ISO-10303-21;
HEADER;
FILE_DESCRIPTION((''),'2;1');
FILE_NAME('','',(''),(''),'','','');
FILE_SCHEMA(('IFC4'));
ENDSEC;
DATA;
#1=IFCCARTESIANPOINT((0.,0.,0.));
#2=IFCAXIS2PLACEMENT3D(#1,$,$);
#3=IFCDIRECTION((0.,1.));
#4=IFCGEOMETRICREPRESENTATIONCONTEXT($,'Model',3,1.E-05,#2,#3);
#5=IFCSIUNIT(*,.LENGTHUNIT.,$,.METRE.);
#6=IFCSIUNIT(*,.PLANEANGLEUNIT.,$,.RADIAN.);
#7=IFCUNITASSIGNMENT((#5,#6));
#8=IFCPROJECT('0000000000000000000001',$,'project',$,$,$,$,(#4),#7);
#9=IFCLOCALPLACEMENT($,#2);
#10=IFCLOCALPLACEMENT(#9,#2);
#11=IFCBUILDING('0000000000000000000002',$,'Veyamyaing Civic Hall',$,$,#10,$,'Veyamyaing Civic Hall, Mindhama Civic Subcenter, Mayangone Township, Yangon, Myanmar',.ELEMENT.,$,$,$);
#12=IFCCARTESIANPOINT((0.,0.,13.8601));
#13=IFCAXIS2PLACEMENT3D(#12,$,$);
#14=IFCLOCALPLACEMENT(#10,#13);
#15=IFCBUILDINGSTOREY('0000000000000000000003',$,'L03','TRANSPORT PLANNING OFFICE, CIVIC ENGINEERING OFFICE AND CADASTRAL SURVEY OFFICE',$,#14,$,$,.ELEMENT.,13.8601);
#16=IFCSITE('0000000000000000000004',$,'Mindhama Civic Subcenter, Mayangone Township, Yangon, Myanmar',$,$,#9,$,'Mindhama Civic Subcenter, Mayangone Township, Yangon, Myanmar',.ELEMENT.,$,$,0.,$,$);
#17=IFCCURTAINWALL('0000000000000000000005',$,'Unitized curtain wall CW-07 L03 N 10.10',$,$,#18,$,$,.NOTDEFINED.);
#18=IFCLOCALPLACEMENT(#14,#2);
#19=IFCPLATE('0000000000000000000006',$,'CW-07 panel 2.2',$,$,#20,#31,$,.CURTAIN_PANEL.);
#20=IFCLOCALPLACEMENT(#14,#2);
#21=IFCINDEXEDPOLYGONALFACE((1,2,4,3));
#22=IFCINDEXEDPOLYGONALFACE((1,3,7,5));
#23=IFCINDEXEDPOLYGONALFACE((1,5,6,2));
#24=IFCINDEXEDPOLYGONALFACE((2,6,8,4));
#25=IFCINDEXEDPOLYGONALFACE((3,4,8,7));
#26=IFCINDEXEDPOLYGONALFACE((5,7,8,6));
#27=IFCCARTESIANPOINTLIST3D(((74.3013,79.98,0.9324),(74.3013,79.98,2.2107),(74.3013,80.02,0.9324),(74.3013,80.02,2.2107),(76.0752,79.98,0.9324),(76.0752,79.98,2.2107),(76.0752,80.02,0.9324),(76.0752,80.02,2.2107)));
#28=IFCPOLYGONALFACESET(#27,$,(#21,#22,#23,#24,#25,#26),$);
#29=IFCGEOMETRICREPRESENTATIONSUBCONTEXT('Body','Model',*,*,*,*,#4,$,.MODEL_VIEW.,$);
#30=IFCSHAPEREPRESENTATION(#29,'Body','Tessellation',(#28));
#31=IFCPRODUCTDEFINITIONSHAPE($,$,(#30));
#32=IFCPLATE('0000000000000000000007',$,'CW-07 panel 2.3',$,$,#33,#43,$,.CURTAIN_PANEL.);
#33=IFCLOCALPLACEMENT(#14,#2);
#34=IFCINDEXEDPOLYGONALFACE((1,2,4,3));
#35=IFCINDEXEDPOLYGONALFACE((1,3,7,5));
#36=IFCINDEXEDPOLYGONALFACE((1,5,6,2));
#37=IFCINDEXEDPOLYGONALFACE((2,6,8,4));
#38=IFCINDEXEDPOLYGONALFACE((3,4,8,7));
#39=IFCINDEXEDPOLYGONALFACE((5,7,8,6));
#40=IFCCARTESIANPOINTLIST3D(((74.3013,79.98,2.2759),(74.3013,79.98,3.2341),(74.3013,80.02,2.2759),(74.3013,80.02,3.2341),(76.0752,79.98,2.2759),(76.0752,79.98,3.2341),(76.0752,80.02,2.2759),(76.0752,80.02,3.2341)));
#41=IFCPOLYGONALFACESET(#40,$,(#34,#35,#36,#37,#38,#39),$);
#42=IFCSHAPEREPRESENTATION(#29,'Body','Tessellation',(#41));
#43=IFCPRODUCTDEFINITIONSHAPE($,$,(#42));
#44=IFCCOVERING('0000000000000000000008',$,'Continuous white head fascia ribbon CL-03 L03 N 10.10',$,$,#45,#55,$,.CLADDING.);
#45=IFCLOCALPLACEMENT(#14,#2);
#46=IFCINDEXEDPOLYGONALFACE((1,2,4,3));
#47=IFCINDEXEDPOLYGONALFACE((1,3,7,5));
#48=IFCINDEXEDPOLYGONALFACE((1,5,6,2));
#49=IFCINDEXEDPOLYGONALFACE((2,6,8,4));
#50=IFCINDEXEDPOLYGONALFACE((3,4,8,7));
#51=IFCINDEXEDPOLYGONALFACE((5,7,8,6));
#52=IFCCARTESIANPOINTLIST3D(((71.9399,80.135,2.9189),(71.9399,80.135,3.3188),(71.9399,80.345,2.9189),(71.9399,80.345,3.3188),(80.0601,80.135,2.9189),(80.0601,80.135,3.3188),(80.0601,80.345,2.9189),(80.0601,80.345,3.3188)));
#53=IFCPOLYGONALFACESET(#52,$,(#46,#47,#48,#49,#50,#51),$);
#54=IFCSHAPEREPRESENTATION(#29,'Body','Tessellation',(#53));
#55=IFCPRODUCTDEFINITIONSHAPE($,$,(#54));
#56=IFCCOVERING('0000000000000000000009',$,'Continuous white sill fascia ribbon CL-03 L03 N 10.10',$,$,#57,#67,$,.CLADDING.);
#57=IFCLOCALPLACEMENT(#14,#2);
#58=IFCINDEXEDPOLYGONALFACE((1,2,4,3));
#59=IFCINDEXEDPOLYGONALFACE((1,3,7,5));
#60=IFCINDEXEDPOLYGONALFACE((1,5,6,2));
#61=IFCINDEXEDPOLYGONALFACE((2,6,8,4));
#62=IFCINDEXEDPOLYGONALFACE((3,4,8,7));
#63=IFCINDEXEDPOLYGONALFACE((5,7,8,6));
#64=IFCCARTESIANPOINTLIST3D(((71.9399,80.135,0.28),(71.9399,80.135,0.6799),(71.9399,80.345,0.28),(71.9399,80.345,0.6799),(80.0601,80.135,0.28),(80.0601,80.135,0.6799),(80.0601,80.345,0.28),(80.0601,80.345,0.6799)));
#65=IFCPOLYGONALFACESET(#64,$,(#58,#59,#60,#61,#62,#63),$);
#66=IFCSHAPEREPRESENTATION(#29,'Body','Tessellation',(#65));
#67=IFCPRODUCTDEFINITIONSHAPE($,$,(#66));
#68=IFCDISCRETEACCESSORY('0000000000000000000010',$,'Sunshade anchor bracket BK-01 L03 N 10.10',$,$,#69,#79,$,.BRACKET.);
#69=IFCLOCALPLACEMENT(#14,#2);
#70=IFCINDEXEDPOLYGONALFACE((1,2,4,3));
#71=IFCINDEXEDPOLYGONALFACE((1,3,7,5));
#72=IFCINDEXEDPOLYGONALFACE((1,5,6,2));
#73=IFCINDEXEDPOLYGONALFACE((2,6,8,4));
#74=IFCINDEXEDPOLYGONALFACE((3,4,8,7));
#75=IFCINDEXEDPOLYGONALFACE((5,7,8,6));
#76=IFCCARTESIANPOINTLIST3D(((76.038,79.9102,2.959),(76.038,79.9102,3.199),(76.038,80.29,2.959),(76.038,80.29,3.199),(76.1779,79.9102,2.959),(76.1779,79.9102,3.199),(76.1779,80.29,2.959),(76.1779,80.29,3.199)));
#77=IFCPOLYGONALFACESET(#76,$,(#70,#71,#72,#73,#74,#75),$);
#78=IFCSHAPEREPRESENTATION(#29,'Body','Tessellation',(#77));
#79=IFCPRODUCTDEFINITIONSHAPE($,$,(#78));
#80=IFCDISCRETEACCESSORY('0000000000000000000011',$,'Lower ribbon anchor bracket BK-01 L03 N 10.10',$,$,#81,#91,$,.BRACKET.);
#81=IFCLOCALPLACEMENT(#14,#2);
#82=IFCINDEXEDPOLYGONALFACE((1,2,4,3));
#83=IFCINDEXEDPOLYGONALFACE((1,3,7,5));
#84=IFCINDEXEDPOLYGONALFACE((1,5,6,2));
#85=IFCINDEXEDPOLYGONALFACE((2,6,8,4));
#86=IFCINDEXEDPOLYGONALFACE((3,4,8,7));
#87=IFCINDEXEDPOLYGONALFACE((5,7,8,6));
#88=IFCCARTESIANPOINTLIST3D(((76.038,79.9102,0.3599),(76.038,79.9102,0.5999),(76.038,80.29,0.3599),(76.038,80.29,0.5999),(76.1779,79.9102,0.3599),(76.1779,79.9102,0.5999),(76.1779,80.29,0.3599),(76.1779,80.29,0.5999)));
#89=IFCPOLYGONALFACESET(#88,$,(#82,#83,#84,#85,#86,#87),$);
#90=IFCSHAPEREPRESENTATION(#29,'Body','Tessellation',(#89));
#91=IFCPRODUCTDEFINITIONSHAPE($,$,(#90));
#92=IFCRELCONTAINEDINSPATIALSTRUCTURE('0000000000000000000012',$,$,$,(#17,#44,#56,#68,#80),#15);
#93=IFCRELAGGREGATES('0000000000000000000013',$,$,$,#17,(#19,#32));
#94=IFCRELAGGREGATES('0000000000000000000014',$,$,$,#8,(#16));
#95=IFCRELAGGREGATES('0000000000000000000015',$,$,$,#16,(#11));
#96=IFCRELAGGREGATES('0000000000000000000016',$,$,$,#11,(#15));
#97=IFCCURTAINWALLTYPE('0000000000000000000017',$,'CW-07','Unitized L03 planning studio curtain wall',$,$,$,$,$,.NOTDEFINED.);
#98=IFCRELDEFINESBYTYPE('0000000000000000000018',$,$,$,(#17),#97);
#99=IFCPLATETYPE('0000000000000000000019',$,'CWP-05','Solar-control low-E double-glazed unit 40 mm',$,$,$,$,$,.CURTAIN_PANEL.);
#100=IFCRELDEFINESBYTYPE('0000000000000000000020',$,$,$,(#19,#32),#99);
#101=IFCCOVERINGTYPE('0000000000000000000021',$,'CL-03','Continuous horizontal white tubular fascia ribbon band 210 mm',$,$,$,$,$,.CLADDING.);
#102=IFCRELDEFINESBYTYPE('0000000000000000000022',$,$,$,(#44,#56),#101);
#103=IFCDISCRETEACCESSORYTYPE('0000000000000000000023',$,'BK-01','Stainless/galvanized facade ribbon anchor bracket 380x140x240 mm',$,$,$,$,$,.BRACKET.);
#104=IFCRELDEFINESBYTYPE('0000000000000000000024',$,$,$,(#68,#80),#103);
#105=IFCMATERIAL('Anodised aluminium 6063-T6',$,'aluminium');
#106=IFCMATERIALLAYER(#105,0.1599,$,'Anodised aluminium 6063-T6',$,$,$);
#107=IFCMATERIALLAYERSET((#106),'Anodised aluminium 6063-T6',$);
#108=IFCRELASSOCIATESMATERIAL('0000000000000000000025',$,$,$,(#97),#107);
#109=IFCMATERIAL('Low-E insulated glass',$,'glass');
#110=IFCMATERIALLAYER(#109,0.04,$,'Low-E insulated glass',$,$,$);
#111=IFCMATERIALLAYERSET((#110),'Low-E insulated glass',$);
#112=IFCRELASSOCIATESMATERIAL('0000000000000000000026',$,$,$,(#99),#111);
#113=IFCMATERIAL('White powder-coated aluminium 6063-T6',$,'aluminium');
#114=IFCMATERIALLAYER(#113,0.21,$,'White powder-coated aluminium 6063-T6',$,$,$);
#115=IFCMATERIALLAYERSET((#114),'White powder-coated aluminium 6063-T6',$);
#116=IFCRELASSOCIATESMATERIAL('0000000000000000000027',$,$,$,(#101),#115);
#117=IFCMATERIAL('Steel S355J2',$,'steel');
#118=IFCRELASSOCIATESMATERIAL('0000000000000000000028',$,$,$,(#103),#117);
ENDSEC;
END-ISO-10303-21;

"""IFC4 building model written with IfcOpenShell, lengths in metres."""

from ifc_helpers import new_model, si_unit, direction, frame, origin, origin_2d, place, context, subcontext, project, spatial, rectangle, extrude, material, layer, layer_set, type_object, element, aggregate, save


model = new_model("IFC4")

# Units and contexts
model_context = context("Model", 3, precision=1e-05, world=origin(), true_north=direction((0.0, 1.0)))
body_context = subcontext(model_context, "Body", "Model", "MODEL_VIEW")
ifc_project = project(units=[si_unit("LENGTHUNIT", "METRE"), si_unit("PLANEANGLEUNIT", "RADIAN")], contexts=[model_context])

# Site, building, storey
site_placement = place(None, origin())
site = spatial("IfcSite", under=ifc_project, at=site_placement, Name="Mindhama Civic Subcenter, Mayangone Township, Yangon, Myanmar", LongName="Mindhama Civic Subcenter, Mayangone Township, Yangon, Myanmar", CompositionType="ELEMENT", RefElevation=0.0)
building_placement = place(site_placement, origin())
building = spatial("IfcBuilding", under=site, at=building_placement, Name="Veyamyaing Civic Hall", LongName="Veyamyaing Civic Hall, Mindhama Civic Subcenter, Mayangone Township, Yangon, Myanmar", CompositionType="ELEMENT")
storey_placement = place(building_placement, frame((0.0, 0.0, 13.8601)))
storey = spatial("IfcBuildingStorey", under=building, at=storey_placement, Name="L03", Description="TRANSPORT PLANNING OFFICE, CIVIC ENGINEERING OFFICE AND CADASTRAL SURVEY OFFICE", CompositionType="ELEMENT", Elevation=13.8601)

# Curtain wall
ifc_material_1 = material(Name="Anodised aluminium 6063-T6", Category="aluminium")
ifc_layer_1 = layer(ifc_material_1, 0.1599, Name="Anodised aluminium 6063-T6")
ifc_layer_set_1 = layer_set([ifc_layer_1], Name="Anodised aluminium 6063-T6")
curtain_wall_type = type_object("IfcCurtainWallType", Name="CW-07", Description="Unitized L03 planning studio curtain wall", PredefinedType="NOTDEFINED", material=ifc_layer_set_1)
curtain_wall_1_placement = place(storey_placement, origin())
curtain_wall_1 = element("IfcCurtainWall", 1, at=curtain_wall_1_placement, inside=storey, type_object=curtain_wall_type, Name="Unitized curtain wall CW-07 L03 N 10.10", PredefinedType="NOTDEFINED")

# Plates
ifc_material_2 = material(Name="Low-E insulated glass", Category="glass")
ifc_layer_2 = layer(ifc_material_2, 0.04, Name="Low-E insulated glass")
ifc_layer_set_2 = layer_set([ifc_layer_2], Name="Low-E insulated glass")
plate_type = type_object("IfcPlateType", Name="CWP-05", Description="Solar-control low-E double-glazed unit 40 mm", PredefinedType="CURTAIN_PANEL", material=ifc_layer_set_2)
plate_1_placement = place(storey_placement, frame((75.1882, 80.0, 0.9324), z_axis=(0.0, 0.0, 1.0), x_axis=(1.0, 0.0, 0.0)))
plate_1 = element("IfcPlate", 2, at=plate_1_placement, type_object=plate_type, Name="CW-07 panel 2.2", PredefinedType="CURTAIN_PANEL", context=body_context, shape_type="SweptSolid", body=[
    extrude(rectangle(XDim=1.7739, YDim=0.04, at=origin_2d()), origin(), (0.0, 0.0, 1.0), 1.2783),
])
plate_2_placement = place(storey_placement, frame((75.1882, 80.0, 2.2759), z_axis=(0.0, 0.0, 1.0), x_axis=(1.0, 0.0, 0.0)))
plate_2 = element("IfcPlate", 3, at=plate_2_placement, type_object=plate_type, Name="CW-07 panel 2.3", PredefinedType="CURTAIN_PANEL", context=body_context, shape_type="SweptSolid", body=[
    extrude(rectangle(XDim=1.7739, YDim=0.04, at=origin_2d()), origin(), (0.0, 0.0, 1.0), 0.9583),
])
aggregate(curtain_wall_1, [plate_1, plate_2])

# Coverings
ifc_material_3 = material(Name="White powder-coated aluminium 6063-T6", Category="aluminium")
ifc_layer_3 = layer(ifc_material_3, 0.21, Name="White powder-coated aluminium 6063-T6")
ifc_layer_set_3 = layer_set([ifc_layer_3], Name="White powder-coated aluminium 6063-T6")
covering_type = type_object("IfcCoveringType", Name="CL-03", Description="Continuous horizontal white tubular fascia ribbon band 210 mm", PredefinedType="CLADDING", material=ifc_layer_set_3)
for number, where, z_axis, x_axis, name in (
    (4, (76.0, 80.24, 2.9189), (0.0, 0.0, 1.0), (1.0, 0.0, 0.0), "Continuous white head fascia ribbon CL-03 L03 N 10.10"),
    (5, (76.0, 80.24, 0.28), (0.0, 0.0, 1.0), (1.0, 0.0, 0.0), "Continuous white sill fascia ribbon CL-03 L03 N 10.10"),
):
    element("IfcCovering", number, at=place(storey_placement, frame(where, z_axis=z_axis, x_axis=x_axis)), inside=storey, type_object=covering_type, Name=name, PredefinedType="CLADDING", context=body_context, shape_type="SweptSolid", body=[
        extrude(rectangle(XDim=8.1201, YDim=0.21, at=origin_2d()), origin(), (0.0, 0.0, 1.0), 0.3999),
    ])

# Discrete accessories
ifc_material_4 = material(Name="Steel S355J2", Category="steel")
discrete_accessory_type = type_object("IfcDiscreteAccessoryType", Name="BK-01", Description="Stainless/galvanized facade ribbon anchor bracket 380x140x240 mm", PredefinedType="BRACKET", material=ifc_material_4)
for number, where, z_axis, x_axis, name in (
    (6, (76.1079, 80.1001, 2.959), (0.0, 0.0, 1.0), (0.0, 1.0, 0.0), "Sunshade anchor bracket BK-01 L03 N 10.10"),
    (7, (76.1079, 80.1001, 0.3599), (0.0, 0.0, 1.0), (0.0, 1.0, 0.0), "Lower ribbon anchor bracket BK-01 L03 N 10.10"),
):
    element("IfcDiscreteAccessory", number, at=place(storey_placement, frame(where, z_axis=z_axis, x_axis=x_axis)), inside=storey, type_object=discrete_accessory_type, Name=name, PredefinedType="BRACKET", context=body_context, shape_type="SweptSolid", body=[
        extrude(rectangle(XDim=0.3799, YDim=0.1399, at=origin_2d()), origin(), (0.0, 0.0, 1.0), 0.24),
    ])

save(model, "model.ifc")
